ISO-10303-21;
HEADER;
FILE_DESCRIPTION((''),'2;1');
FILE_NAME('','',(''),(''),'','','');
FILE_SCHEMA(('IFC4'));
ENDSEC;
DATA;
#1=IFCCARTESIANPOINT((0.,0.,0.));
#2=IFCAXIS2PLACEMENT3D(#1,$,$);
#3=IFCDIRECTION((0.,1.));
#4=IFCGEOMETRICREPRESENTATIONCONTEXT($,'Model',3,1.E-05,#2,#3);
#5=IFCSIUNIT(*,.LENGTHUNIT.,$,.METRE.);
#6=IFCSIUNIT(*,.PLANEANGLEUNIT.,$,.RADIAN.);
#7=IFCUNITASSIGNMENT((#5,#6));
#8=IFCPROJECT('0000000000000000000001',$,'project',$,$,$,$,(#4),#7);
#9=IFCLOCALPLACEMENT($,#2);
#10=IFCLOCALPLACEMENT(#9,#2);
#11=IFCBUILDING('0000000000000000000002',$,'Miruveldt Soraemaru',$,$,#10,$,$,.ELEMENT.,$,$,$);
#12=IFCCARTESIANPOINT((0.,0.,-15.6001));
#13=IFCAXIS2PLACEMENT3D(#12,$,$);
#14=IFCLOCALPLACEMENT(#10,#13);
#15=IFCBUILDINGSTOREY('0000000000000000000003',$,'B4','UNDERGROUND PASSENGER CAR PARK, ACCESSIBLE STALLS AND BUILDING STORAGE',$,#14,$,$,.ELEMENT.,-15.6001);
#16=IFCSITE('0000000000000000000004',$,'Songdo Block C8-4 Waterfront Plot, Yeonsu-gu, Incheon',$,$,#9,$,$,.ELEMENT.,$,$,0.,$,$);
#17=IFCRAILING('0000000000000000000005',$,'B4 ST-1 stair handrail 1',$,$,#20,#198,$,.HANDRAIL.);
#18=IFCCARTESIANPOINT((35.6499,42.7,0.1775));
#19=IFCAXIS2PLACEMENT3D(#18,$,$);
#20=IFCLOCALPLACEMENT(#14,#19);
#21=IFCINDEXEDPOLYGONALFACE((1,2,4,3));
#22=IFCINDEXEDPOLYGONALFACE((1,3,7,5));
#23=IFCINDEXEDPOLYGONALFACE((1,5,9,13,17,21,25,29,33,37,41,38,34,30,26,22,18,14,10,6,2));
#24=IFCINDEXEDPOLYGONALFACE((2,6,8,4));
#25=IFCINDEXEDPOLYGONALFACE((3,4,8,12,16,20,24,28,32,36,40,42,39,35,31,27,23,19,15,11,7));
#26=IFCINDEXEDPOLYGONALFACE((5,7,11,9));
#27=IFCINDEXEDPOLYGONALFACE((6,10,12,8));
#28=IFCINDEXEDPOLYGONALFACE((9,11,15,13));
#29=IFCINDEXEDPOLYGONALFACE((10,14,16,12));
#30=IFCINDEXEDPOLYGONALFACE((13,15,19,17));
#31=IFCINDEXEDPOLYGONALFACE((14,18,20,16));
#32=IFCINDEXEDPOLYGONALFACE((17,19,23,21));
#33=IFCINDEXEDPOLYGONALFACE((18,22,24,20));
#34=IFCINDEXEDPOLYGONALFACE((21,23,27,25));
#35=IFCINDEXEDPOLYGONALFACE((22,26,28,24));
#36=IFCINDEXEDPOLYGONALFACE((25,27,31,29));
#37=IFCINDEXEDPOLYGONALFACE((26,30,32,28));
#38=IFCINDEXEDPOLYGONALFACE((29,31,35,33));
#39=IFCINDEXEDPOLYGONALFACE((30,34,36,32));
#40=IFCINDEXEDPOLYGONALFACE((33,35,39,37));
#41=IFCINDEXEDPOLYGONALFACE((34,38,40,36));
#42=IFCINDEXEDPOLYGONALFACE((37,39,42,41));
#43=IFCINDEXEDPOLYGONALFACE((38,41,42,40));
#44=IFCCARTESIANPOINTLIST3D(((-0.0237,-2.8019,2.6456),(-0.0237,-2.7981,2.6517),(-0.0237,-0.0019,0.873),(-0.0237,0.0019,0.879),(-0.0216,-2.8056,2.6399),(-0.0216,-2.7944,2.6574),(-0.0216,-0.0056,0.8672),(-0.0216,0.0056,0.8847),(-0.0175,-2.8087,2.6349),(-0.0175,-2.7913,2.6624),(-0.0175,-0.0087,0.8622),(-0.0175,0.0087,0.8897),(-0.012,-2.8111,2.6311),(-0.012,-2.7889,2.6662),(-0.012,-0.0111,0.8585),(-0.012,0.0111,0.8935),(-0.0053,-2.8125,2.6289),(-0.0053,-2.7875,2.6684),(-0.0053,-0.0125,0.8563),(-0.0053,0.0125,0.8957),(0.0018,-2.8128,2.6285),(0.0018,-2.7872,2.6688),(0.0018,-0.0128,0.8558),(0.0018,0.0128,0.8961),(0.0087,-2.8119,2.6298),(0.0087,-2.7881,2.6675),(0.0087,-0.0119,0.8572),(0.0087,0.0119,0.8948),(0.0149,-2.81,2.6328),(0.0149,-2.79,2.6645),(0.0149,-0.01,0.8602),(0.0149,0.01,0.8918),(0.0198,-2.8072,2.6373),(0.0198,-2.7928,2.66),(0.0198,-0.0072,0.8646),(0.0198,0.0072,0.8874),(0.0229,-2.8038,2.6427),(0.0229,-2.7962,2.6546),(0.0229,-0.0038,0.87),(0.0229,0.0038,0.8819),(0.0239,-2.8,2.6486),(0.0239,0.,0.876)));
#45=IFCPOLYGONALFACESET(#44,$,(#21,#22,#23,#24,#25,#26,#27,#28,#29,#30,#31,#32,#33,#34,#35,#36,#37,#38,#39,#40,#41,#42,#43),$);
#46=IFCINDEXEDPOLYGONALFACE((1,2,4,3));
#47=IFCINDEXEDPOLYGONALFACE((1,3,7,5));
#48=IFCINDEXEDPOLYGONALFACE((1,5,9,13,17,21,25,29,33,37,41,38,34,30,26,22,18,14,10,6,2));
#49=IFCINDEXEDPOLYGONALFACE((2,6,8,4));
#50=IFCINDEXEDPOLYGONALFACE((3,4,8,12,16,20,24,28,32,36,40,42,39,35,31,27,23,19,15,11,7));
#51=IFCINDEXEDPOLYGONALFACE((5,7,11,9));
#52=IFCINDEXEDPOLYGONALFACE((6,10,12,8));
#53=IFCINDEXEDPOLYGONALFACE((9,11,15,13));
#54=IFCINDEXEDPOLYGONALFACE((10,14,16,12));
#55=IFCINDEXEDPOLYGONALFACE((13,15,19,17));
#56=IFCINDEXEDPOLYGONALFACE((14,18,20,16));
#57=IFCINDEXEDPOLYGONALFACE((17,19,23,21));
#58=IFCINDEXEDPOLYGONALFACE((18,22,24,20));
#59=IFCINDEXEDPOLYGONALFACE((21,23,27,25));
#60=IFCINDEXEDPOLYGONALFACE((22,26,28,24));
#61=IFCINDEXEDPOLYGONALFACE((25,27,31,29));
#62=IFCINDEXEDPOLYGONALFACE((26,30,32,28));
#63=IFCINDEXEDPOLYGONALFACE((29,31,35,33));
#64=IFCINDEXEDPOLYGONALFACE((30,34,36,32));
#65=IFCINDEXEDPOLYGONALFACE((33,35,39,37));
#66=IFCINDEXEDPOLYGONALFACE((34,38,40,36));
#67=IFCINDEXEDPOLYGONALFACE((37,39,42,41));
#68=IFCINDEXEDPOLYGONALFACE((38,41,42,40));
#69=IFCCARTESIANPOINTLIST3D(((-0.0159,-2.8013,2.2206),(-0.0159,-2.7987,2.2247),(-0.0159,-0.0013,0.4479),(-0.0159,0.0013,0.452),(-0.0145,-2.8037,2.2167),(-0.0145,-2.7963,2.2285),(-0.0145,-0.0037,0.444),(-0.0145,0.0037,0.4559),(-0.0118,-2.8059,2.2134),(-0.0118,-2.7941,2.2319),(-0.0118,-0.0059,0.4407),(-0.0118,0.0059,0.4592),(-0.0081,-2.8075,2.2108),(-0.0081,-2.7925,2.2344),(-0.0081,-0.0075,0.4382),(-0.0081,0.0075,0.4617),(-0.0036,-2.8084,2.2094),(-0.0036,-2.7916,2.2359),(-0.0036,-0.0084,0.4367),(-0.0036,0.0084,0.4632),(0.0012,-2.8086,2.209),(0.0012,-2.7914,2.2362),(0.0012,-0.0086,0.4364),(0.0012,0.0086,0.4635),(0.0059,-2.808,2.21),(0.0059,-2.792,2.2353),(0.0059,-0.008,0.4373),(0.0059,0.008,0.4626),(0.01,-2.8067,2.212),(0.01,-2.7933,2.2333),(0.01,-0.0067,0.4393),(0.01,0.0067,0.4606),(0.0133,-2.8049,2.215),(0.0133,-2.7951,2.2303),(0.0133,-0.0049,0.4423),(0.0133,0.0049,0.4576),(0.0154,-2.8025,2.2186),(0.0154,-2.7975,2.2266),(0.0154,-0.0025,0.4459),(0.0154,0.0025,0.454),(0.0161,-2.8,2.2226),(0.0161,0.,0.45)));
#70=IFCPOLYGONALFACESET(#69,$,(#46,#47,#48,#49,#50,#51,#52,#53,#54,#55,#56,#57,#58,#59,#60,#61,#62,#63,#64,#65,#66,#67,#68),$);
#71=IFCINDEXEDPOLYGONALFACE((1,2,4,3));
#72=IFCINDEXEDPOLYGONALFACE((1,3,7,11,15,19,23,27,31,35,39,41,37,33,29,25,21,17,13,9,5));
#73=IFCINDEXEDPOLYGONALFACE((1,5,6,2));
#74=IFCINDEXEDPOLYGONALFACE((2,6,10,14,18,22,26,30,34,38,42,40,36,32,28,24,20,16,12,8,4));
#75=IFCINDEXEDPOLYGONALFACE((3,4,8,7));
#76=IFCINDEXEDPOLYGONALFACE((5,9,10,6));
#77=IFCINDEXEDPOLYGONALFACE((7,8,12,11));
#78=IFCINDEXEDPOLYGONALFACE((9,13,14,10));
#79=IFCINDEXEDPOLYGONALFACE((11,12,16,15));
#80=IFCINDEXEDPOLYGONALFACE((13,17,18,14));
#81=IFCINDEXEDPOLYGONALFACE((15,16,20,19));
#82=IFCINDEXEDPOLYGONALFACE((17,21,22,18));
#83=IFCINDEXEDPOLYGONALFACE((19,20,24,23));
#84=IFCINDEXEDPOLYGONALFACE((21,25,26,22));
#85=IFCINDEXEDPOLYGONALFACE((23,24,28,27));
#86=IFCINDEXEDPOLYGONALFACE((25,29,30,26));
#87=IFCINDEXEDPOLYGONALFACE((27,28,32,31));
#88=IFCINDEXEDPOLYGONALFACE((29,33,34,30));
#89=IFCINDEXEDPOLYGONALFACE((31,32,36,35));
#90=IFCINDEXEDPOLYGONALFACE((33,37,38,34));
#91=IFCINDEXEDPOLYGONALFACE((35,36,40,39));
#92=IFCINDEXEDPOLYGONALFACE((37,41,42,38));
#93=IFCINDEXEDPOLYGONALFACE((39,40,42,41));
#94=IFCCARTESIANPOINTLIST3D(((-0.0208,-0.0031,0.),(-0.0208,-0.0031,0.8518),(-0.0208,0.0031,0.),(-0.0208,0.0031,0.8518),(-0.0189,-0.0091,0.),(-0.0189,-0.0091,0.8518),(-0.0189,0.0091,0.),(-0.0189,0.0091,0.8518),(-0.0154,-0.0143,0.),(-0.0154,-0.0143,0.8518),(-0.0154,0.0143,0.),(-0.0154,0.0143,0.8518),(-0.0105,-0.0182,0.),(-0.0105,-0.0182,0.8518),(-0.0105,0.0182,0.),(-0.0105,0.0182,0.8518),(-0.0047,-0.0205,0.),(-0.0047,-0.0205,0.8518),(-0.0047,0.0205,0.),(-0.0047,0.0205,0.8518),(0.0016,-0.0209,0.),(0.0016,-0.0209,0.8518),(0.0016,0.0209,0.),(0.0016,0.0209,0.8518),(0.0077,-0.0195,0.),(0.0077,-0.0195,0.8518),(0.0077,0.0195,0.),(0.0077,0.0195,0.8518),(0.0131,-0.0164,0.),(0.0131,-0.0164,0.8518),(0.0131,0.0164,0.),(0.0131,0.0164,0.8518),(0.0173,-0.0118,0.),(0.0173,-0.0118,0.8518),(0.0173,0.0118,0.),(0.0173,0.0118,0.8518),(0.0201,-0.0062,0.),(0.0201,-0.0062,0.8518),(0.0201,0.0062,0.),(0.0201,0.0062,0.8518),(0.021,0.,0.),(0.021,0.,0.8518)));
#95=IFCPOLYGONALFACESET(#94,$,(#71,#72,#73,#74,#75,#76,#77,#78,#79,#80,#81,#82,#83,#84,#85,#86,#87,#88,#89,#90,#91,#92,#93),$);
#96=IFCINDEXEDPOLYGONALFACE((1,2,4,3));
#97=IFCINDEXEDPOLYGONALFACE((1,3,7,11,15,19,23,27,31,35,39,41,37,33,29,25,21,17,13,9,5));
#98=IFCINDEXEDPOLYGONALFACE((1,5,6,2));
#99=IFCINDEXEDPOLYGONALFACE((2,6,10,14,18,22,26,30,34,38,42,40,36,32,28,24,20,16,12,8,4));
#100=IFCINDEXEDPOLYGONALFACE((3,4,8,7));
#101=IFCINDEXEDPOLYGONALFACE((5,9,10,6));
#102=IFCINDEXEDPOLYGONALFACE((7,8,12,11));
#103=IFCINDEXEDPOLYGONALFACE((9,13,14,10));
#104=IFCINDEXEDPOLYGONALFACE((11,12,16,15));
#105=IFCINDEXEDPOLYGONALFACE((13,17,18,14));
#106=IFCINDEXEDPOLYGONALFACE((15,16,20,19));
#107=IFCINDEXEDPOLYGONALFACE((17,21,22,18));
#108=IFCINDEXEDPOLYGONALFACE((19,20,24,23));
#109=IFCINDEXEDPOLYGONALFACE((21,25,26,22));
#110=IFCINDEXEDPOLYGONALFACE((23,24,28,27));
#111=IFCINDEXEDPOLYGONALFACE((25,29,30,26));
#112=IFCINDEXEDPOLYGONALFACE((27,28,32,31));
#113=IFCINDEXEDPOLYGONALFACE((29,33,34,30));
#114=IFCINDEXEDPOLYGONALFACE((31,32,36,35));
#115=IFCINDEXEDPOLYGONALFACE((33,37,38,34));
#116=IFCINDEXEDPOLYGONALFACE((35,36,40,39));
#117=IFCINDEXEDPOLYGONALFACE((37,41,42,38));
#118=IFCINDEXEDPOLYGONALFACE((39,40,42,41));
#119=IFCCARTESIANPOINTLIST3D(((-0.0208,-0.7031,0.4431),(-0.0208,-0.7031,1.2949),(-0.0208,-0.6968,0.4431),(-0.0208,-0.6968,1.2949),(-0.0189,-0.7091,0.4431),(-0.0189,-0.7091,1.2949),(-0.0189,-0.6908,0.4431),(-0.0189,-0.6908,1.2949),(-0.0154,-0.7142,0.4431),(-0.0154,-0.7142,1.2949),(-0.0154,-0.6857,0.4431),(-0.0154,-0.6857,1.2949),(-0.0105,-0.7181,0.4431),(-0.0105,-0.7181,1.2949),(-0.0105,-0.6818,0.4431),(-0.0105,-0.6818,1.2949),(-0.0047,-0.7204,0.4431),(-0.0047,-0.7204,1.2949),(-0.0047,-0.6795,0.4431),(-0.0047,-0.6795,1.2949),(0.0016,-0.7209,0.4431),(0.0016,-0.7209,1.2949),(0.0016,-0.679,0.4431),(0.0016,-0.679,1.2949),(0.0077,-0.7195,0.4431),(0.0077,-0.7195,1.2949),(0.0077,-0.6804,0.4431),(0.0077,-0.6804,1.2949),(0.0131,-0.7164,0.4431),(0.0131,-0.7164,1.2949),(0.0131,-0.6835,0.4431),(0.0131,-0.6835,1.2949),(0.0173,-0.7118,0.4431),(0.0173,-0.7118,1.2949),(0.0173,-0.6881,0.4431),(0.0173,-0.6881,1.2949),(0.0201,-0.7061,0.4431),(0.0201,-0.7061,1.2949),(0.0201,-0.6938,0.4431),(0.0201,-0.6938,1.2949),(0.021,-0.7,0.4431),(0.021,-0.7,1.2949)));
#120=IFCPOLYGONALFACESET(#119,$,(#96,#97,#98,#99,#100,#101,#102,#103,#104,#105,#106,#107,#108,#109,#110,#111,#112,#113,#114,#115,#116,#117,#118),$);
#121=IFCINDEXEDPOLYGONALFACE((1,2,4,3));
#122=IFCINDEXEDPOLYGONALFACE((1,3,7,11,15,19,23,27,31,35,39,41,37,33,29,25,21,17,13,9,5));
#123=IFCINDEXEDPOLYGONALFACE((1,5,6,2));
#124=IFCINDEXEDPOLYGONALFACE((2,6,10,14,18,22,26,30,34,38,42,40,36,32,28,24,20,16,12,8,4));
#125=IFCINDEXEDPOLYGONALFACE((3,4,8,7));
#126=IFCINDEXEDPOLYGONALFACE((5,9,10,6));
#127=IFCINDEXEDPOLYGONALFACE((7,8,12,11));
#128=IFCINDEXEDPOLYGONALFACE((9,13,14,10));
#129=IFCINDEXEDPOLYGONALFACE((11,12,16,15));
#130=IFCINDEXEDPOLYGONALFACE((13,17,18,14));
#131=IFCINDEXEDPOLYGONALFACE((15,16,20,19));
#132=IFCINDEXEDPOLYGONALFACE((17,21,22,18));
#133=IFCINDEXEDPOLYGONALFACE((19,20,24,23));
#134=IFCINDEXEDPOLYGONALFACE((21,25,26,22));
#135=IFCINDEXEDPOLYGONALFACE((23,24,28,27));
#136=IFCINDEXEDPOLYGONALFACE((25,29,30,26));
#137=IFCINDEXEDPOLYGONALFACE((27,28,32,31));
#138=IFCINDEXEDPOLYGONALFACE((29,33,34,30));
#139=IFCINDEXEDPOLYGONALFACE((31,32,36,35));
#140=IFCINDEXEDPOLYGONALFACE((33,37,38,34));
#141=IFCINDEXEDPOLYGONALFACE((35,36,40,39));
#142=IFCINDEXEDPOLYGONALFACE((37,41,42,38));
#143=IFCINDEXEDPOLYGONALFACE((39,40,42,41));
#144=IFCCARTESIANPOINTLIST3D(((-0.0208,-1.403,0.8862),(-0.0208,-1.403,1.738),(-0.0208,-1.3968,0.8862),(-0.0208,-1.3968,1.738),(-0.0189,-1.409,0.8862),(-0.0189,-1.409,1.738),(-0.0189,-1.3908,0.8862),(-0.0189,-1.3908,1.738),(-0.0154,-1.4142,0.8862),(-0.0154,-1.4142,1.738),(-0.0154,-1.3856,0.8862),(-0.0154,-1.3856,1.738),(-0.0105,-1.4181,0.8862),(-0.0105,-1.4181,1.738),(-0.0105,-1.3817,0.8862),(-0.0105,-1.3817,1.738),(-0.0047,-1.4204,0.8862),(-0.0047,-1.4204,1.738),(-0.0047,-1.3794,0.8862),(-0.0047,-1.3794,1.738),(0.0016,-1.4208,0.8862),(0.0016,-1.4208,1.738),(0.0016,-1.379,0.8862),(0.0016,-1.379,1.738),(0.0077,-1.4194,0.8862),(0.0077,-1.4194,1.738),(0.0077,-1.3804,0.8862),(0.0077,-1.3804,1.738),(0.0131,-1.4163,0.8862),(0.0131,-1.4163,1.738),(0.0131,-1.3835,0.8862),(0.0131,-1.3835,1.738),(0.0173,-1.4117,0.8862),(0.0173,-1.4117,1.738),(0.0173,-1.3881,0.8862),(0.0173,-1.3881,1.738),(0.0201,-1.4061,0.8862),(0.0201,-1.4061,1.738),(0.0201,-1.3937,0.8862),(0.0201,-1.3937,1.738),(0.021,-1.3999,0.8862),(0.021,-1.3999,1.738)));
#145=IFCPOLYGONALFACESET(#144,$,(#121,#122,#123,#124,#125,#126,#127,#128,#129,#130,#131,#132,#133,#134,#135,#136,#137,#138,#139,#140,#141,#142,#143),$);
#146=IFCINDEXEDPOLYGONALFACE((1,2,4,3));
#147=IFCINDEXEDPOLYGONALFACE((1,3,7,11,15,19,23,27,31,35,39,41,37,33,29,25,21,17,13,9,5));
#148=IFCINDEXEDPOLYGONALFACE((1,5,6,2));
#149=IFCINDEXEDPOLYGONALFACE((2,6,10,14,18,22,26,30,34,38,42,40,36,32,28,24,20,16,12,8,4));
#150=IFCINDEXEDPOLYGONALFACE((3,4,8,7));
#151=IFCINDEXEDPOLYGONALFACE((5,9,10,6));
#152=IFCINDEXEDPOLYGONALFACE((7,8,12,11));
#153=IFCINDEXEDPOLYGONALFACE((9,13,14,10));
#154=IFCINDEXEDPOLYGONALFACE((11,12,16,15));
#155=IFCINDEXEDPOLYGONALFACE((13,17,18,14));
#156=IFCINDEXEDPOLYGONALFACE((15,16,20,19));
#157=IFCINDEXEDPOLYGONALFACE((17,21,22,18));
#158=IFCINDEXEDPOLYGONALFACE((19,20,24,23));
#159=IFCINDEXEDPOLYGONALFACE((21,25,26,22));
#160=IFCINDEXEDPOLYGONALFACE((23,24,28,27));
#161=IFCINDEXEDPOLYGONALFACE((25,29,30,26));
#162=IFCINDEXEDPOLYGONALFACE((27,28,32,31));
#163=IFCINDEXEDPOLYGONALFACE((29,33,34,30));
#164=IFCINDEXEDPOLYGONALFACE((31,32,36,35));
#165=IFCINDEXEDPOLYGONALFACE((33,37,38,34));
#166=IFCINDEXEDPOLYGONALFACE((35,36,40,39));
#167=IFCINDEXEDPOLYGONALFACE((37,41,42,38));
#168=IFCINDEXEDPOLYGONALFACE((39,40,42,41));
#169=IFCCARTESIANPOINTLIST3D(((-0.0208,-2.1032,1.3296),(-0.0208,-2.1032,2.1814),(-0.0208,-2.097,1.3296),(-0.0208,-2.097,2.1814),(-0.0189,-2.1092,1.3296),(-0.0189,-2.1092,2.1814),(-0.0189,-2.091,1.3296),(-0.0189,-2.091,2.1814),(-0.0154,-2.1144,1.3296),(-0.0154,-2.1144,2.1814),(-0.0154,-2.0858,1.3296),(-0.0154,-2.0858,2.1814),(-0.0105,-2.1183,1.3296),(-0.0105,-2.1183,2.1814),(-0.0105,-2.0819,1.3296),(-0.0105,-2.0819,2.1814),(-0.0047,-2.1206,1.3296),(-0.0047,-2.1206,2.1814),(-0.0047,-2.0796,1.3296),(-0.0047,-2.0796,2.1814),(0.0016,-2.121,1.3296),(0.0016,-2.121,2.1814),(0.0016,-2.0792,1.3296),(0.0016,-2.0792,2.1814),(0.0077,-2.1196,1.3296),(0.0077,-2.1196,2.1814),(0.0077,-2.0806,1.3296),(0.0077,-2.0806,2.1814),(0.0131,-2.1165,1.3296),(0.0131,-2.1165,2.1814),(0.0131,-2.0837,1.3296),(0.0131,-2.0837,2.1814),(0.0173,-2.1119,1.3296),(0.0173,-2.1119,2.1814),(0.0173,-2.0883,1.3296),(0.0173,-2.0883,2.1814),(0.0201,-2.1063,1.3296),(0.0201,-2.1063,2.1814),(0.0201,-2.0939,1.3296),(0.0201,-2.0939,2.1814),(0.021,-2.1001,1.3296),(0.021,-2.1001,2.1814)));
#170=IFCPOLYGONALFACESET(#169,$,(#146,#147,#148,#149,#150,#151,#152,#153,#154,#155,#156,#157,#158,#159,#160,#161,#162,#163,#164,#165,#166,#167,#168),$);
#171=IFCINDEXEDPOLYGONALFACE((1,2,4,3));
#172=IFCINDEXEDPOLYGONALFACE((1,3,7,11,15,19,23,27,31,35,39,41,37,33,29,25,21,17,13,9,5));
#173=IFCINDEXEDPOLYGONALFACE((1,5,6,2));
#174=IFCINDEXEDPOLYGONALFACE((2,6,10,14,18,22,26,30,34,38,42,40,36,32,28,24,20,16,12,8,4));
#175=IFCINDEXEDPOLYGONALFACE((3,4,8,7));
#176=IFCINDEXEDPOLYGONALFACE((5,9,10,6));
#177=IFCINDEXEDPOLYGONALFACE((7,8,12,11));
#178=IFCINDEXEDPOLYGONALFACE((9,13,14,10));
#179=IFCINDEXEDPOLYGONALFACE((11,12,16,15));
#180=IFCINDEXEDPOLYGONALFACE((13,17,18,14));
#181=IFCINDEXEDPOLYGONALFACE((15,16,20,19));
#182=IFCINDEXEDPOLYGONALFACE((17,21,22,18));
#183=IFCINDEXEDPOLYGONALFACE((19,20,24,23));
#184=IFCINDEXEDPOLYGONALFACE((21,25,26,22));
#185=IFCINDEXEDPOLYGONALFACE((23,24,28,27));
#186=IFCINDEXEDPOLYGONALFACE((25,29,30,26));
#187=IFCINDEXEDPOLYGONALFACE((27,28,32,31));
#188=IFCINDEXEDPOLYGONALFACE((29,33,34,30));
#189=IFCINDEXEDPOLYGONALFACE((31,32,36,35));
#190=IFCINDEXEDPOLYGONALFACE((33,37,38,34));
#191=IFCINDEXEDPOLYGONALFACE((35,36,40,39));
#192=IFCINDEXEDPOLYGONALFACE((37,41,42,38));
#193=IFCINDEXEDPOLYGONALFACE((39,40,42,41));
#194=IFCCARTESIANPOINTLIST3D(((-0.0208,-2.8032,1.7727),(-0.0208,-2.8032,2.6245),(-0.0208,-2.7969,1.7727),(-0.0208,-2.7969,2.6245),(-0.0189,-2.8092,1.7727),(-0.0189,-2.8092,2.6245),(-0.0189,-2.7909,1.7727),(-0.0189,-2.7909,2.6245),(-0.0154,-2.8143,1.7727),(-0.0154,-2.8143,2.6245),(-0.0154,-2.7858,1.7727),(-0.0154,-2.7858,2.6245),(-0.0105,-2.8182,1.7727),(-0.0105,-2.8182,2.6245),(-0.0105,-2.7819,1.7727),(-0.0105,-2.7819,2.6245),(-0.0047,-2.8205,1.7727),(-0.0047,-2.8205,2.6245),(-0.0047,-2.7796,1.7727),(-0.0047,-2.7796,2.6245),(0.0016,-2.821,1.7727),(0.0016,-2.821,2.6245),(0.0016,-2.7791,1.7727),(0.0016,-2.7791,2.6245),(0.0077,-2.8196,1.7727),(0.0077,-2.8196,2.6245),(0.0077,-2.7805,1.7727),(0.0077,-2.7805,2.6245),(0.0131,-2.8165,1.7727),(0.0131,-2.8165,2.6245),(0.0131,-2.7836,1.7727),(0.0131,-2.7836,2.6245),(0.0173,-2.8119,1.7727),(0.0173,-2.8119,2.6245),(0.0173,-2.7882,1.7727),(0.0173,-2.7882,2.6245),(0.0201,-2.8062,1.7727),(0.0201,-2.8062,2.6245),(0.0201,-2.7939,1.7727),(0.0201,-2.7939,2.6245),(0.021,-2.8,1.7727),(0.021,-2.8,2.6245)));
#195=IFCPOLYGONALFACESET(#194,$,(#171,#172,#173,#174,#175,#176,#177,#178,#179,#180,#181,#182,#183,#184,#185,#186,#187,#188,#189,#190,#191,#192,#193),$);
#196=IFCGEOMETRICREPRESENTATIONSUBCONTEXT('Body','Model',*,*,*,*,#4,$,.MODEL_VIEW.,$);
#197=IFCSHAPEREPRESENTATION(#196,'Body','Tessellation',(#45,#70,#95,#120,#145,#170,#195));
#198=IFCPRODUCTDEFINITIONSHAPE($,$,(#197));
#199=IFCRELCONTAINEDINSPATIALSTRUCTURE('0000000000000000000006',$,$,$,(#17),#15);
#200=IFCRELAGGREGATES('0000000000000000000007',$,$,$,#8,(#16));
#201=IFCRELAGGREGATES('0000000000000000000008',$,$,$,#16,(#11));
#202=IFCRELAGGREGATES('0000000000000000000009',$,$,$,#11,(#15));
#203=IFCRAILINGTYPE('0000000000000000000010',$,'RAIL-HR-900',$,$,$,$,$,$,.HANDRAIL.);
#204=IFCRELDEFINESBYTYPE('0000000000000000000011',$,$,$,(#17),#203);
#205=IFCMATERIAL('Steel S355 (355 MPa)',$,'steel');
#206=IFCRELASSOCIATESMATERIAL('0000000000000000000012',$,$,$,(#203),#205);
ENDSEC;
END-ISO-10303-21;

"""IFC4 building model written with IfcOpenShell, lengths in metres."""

from ifc_helpers import new_model, si_unit, direction, frame, origin, origin_2d, place, context, subcontext, project, spatial, circle, extrude, material, type_object, element, save


model = new_model("IFC4")

# Units and contexts
model_context = context("Model", 3, precision=1e-05, world=origin(), true_north=direction((0.0, 1.0)))
body_context = subcontext(model_context, "Body", "Model", "MODEL_VIEW")
ifc_project = project(units=[si_unit("LENGTHUNIT", "METRE"), si_unit("PLANEANGLEUNIT", "RADIAN")], contexts=[model_context])

# Site, building, storey
site_placement = place(None, origin())
site = spatial("IfcSite", under=ifc_project, at=site_placement, Name="Songdo Block C8-4 Waterfront Plot, Yeonsu-gu, Incheon", CompositionType="ELEMENT", RefElevation=0.0)
building_placement = place(site_placement, origin())
building = spatial("IfcBuilding", under=site, at=building_placement, Name="Miruveldt Soraemaru", CompositionType="ELEMENT")
storey_placement = place(building_placement, frame((0.0, 0.0, -15.6001)))
storey = spatial("IfcBuildingStorey", under=building, at=storey_placement, Name="B4", Description="UNDERGROUND PASSENGER CAR PARK, ACCESSIBLE STALLS AND BUILDING STORAGE", CompositionType="ELEMENT", Elevation=-15.6001)

# Railing
ifc_material_1 = material(Name="Steel S355 (355 MPa)", Category="steel")
railing_type_1 = type_object("IfcRailingType", Name="RAIL-HR-900", PredefinedType="HANDRAIL", material=ifc_material_1)
railing_1_placement = place(storey_placement, frame((35.6499, 42.7, 0.1775)))
element("IfcRailing", 1, at=railing_1_placement, inside=storey, type_object=railing_type_1, Name="B4 ST-1 stair handrail 1", PredefinedType="HANDRAIL", context=body_context, shape_type="SweptSolid", body=[
    extrude(circle(Radius=0.0239, at=origin_2d()), frame((0.0, 0.0, 0.876), z_axis=(0.0, -0.844909, 0.53491), x_axis=(1.0, 0.0, 0.0)), (0.0, 0.0, 1.0), 3.314),
    extrude(circle(Radius=0.0161, at=origin_2d()), frame((0.0, 0.0, 0.45), z_axis=(0.0, -0.844909, 0.53491), x_axis=(1.0, 0.0, 0.0)), (0.0, 0.0, 1.0), 3.314),
    extrude(circle(Radius=0.021, at=origin_2d()), origin(), (0.0, 0.0, 1.0), 0.8518),
    extrude(circle(Radius=0.021, at=origin_2d()), frame((0.0, -0.7, 0.4431)), (0.0, 0.0, 1.0), 0.8518),
    extrude(circle(Radius=0.021, at=origin_2d()), frame((0.0, -1.3999, 0.8862)), (0.0, 0.0, 1.0), 0.8518),
    extrude(circle(Radius=0.021, at=origin_2d()), frame((0.0, -2.1001, 1.3296)), (0.0, 0.0, 1.0), 0.8518),
    extrude(circle(Radius=0.021, at=origin_2d()), frame((0.0, -2.8, 1.7727)), (0.0, 0.0, 1.0), 0.8518),
])

save(model, "model.ifc")
